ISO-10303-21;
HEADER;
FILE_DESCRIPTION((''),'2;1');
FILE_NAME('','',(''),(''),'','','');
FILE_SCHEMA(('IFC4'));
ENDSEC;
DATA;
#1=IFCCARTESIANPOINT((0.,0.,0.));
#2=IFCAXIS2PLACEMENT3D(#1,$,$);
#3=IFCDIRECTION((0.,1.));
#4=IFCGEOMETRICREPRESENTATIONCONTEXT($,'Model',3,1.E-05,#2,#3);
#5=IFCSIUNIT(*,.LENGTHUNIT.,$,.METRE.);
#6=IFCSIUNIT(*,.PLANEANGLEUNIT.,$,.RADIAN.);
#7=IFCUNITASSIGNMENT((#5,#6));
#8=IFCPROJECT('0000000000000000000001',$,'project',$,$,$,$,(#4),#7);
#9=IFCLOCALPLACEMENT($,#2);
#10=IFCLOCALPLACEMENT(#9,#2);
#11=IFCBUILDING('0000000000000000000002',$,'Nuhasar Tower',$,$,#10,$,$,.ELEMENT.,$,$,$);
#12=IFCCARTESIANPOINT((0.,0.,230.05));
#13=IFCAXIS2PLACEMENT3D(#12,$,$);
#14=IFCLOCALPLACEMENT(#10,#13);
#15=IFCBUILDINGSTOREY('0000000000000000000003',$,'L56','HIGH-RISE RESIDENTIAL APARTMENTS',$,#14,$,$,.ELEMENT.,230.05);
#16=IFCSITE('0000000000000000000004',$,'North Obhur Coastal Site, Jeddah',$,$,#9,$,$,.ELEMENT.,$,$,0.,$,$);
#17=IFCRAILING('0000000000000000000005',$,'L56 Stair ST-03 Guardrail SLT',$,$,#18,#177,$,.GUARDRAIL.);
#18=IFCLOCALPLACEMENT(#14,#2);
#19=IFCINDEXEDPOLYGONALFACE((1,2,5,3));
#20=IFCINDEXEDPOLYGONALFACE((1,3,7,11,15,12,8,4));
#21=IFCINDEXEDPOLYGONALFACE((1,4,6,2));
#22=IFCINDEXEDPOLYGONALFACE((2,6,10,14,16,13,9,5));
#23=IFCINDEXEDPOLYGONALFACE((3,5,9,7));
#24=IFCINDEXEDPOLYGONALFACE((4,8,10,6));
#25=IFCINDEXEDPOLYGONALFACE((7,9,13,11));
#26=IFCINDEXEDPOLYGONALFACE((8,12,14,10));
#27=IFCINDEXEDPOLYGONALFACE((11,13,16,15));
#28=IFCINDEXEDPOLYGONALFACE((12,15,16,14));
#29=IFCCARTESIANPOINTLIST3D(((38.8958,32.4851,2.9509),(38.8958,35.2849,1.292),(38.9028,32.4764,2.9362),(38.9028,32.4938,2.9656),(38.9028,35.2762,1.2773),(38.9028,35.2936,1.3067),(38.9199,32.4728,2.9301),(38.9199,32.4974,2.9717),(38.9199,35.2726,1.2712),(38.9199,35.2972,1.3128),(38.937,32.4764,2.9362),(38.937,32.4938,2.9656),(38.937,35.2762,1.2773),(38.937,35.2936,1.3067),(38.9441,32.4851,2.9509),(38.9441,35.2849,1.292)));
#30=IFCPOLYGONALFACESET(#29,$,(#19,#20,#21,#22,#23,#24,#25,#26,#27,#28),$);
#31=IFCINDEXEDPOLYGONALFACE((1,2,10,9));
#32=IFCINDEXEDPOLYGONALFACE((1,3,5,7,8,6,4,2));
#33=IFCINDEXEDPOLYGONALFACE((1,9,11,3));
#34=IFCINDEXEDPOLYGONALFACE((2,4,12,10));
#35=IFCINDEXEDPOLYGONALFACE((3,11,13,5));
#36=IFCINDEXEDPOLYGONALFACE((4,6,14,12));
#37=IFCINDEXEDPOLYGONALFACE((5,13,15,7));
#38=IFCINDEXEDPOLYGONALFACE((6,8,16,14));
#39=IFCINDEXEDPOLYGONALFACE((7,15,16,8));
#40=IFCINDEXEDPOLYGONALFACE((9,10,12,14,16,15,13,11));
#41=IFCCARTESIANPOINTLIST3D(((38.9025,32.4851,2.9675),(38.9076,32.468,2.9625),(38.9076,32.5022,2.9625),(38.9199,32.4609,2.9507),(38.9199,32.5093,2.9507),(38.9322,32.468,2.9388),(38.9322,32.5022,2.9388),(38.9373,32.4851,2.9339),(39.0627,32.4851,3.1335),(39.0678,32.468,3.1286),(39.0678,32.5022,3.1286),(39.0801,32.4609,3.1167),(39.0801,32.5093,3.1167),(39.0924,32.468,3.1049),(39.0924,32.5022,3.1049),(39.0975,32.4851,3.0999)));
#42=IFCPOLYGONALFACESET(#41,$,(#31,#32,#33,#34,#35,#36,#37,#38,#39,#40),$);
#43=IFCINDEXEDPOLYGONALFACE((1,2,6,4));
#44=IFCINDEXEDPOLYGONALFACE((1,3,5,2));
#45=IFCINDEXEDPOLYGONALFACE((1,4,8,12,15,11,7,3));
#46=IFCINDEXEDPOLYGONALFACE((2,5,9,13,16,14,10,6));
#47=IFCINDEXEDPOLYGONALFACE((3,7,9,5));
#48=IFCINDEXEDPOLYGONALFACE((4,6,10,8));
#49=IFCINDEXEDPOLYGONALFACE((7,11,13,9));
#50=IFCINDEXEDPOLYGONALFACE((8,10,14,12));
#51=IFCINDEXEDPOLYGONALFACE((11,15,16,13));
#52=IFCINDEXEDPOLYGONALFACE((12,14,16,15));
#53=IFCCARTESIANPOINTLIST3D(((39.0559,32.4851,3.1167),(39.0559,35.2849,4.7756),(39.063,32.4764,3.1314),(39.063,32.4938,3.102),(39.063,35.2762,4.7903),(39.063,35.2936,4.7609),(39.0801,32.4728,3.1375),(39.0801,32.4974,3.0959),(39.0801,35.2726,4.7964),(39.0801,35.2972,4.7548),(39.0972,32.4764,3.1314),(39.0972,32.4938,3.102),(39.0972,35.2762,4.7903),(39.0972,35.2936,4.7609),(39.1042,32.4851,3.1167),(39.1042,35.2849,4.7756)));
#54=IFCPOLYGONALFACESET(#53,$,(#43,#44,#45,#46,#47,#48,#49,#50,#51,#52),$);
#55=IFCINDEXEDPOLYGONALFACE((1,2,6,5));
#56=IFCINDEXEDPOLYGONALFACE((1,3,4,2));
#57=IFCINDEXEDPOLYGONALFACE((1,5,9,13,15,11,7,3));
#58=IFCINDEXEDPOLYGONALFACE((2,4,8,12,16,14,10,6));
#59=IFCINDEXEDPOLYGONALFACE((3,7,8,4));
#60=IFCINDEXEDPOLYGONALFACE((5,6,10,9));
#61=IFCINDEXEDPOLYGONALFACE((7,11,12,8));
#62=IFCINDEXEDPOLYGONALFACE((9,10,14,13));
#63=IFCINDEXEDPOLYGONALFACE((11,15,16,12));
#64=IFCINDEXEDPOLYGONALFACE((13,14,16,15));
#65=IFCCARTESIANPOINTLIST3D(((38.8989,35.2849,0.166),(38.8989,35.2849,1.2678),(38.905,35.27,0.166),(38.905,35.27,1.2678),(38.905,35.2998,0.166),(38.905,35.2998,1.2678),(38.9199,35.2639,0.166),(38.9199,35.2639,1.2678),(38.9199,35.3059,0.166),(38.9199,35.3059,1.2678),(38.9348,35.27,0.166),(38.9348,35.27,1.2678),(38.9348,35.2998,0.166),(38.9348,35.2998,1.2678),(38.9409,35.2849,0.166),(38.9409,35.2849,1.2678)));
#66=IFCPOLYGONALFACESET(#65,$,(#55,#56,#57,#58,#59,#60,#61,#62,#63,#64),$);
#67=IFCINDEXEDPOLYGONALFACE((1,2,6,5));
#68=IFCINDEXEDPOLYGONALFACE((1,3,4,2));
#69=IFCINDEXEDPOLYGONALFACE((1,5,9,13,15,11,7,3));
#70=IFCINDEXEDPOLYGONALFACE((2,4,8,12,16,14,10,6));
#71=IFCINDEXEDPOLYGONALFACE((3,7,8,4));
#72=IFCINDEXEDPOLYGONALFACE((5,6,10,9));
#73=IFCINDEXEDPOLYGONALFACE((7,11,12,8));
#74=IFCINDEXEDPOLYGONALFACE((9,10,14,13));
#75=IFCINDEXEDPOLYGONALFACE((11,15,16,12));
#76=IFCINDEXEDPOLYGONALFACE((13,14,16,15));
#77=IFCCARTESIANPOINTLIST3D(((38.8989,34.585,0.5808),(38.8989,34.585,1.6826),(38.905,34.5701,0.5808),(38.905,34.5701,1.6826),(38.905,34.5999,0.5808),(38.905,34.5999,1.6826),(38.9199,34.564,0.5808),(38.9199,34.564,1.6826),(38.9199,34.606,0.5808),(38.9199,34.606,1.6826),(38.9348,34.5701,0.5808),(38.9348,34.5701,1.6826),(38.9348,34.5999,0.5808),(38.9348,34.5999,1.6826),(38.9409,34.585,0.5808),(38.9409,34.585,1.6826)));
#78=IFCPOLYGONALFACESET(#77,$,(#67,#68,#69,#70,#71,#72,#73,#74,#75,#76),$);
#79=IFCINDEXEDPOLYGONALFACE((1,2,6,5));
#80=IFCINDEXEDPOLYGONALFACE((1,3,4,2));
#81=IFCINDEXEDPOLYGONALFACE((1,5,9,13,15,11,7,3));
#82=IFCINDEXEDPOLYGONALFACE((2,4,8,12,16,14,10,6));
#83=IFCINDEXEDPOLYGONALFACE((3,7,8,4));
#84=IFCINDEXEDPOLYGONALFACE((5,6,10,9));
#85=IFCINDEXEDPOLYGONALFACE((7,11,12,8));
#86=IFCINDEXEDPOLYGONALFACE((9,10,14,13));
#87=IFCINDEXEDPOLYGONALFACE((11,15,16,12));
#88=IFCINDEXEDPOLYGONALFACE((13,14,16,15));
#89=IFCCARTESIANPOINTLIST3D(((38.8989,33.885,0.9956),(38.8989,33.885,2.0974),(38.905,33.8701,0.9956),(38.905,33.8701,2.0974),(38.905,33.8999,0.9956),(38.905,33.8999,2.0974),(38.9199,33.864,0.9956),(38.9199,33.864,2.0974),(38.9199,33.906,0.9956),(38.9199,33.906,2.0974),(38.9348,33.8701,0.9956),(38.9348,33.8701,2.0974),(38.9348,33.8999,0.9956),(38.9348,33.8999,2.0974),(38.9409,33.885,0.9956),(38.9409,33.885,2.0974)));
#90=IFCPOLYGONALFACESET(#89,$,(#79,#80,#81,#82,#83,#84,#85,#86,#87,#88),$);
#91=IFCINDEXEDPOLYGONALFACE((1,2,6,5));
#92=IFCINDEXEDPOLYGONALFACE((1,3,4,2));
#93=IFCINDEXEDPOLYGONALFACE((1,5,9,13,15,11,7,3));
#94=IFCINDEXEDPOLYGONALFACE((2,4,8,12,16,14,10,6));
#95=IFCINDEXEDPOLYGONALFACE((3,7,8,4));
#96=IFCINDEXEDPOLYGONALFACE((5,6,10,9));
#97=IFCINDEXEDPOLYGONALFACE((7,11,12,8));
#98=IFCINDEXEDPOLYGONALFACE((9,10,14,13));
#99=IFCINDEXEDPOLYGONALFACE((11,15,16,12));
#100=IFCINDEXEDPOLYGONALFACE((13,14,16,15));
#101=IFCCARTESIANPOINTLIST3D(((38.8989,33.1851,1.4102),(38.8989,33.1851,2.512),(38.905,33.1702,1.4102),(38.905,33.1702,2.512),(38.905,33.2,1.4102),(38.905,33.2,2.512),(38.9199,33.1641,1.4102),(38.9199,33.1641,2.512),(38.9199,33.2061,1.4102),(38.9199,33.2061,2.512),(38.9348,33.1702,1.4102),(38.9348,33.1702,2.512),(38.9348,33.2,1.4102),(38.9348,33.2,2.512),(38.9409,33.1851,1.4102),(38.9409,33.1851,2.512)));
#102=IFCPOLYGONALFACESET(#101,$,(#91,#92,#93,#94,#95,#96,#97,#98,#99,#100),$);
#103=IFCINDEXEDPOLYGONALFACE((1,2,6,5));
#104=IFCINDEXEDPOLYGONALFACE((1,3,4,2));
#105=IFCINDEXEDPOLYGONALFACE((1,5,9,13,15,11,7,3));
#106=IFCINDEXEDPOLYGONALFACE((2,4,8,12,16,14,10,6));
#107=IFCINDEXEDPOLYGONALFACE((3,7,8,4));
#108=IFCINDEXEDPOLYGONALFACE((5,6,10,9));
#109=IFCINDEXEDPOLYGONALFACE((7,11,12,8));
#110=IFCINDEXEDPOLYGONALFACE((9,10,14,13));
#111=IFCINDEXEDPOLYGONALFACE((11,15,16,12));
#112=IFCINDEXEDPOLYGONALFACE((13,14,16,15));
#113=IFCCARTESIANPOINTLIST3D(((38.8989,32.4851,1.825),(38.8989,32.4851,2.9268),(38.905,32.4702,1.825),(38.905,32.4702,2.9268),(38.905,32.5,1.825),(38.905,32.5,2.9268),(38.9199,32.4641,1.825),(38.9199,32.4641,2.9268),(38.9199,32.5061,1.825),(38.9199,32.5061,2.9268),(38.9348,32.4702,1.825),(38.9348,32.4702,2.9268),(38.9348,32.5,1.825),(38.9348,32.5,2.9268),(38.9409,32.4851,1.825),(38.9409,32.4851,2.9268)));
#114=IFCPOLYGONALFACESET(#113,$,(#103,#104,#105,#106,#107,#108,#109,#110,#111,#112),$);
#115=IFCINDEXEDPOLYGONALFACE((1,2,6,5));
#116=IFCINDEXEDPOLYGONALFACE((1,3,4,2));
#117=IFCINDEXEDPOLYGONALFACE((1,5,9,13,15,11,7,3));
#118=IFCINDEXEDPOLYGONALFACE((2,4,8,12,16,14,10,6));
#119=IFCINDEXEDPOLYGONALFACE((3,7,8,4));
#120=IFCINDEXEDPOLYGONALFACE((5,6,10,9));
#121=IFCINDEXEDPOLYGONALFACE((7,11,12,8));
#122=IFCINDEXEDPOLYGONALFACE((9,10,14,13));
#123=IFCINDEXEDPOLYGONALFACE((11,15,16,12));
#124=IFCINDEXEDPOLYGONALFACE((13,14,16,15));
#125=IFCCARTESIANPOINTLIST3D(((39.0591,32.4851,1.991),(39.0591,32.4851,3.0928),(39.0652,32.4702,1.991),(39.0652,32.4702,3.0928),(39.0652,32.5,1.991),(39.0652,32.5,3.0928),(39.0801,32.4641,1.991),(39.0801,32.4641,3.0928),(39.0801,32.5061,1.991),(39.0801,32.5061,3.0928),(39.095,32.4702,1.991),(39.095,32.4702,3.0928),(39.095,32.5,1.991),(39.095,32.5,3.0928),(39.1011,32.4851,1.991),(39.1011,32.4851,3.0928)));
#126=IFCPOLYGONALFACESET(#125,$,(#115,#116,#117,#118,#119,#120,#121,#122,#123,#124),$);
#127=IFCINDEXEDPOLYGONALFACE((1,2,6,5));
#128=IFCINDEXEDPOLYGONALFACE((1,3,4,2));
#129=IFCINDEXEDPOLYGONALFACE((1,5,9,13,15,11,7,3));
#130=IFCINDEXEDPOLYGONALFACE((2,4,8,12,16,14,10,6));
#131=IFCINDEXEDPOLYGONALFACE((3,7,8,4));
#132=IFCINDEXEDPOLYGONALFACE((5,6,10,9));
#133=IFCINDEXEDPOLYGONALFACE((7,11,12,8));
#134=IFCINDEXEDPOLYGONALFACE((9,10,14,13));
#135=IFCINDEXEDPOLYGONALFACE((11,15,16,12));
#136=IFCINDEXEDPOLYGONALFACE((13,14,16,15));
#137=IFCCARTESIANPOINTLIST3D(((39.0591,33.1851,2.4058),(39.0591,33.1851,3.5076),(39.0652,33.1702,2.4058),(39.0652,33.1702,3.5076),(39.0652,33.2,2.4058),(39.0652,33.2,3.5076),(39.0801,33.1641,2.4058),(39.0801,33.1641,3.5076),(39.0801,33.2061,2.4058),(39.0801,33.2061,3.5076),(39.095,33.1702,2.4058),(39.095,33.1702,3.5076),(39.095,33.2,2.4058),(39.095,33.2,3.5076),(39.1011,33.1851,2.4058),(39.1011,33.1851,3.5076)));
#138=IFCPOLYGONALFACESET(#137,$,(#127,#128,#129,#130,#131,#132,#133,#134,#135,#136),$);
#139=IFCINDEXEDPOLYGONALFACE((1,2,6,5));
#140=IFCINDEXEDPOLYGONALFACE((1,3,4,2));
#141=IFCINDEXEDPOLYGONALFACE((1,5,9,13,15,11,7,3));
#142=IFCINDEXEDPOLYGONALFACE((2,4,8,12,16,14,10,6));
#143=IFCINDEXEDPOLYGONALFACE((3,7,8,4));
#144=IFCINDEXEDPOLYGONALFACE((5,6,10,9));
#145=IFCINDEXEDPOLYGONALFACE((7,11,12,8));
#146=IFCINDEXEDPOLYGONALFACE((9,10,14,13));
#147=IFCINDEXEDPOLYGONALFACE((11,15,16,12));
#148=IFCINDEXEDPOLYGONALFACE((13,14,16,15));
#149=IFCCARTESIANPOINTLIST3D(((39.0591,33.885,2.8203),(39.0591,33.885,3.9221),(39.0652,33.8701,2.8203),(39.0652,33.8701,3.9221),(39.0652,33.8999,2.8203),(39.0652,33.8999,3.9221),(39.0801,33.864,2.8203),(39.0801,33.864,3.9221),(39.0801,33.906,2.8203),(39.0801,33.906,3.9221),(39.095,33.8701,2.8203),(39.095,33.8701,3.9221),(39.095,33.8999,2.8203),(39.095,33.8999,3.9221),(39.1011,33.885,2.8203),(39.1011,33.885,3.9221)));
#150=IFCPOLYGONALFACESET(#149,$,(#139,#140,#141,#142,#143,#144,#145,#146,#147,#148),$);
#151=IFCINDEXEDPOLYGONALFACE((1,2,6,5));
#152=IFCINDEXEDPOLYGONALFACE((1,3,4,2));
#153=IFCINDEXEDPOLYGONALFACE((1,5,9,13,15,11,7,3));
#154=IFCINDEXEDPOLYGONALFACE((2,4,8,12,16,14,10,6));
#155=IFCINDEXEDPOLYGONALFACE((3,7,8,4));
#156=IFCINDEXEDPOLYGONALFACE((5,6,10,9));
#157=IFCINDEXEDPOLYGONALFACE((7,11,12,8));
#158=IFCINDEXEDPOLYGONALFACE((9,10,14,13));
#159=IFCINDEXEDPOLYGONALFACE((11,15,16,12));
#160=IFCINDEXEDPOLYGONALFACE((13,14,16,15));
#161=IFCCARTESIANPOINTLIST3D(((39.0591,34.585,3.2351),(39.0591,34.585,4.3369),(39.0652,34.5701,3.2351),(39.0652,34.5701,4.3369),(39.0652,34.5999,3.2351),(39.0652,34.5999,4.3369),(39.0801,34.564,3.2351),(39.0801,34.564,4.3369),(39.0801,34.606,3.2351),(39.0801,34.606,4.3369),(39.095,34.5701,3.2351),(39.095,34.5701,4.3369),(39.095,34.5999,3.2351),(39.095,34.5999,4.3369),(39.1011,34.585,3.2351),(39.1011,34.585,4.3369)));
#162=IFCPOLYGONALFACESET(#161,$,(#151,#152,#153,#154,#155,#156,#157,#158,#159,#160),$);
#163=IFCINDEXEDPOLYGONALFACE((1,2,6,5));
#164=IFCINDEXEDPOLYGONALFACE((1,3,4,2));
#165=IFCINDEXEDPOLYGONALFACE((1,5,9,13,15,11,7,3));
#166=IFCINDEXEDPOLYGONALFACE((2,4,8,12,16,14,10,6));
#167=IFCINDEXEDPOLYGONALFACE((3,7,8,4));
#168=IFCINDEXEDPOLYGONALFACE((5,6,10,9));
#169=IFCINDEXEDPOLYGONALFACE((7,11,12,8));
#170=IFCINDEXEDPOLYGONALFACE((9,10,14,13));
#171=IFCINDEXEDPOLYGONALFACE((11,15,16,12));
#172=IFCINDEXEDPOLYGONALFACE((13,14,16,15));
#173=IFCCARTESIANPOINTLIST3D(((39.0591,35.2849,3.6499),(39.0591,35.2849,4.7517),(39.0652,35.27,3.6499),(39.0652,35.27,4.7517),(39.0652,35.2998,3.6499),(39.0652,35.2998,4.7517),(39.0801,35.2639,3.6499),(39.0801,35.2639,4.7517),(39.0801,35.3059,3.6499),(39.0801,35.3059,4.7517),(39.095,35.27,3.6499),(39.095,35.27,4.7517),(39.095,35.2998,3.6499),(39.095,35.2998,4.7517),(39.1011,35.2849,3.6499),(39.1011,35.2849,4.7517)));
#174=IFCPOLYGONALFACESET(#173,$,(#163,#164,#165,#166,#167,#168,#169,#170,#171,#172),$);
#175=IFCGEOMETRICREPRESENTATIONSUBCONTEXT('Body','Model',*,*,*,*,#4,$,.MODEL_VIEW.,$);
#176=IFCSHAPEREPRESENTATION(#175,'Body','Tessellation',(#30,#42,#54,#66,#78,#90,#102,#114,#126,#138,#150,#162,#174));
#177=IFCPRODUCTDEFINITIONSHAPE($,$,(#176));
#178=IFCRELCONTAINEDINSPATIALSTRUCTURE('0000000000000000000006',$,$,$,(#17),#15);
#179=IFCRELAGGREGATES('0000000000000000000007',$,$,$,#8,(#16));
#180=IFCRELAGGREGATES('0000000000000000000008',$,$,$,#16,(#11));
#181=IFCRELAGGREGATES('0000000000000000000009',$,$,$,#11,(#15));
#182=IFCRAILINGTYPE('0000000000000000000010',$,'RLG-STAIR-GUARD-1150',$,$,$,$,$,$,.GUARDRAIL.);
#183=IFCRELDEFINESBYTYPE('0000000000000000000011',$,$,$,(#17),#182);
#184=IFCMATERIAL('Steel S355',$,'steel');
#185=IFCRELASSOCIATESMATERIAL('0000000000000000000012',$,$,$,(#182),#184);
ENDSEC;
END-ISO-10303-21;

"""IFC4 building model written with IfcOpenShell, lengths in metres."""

from ifc_helpers import new_model, si_unit, direction, frame, origin, place, context, subcontext, project, spatial, polyline, outline, extrude, material, type_object, element, save


model = new_model("IFC4")

# Units and contexts
model_context = context("Model", 3, precision=1e-05, world=origin(), true_north=direction((0.0, 1.0)))
body_context = subcontext(model_context, "Body", "Model", "MODEL_VIEW")
ifc_project = project(units=[si_unit("LENGTHUNIT", "METRE"), si_unit("PLANEANGLEUNIT", "RADIAN")], contexts=[model_context])

# Site, building, storey
site_placement = place(None, origin())
site = spatial("IfcSite", under=ifc_project, at=site_placement, Name="North Obhur Coastal Site, Jeddah", CompositionType="ELEMENT", RefElevation=0.0)
building_placement = place(site_placement, origin())
building = spatial("IfcBuilding", under=site, at=building_placement, Name="Nuhasar Tower", CompositionType="ELEMENT")
storey_placement = place(building_placement, frame((0.0, 0.0, 230.05)))
storey = spatial("IfcBuildingStorey", under=building, at=storey_placement, Name="L56", Description="HIGH-RISE RESIDENTIAL APARTMENTS", CompositionType="ELEMENT", Elevation=230.05)

# Shared definitions
ifc_material_1 = material(Name="Steel S355", Category="steel")

# Railing
railing_type_1 = type_object("IfcRailingType", Name="RLG-STAIR-GUARD-1150", PredefinedType="GUARDRAIL", material=ifc_material_1)
railing_1_placement = place(storey_placement, frame((38.9199, 35.2849, 0.166)))
element("IfcRailing", 1, at=railing_1_placement, inside=storey, type_object=railing_type_1, Name="L56 Stair ST-03 Guardrail SLT", PredefinedType="GUARDRAIL", context=body_context, shape_type="SweptSolid", body=[
    extrude(outline(polyline([(0.0242, 0.0), (0.0171, 0.0171), (0.0, 0.0242), (-0.0171, 0.0171), (-0.0242, 0.0), (-0.0171, -0.0171), (0.0, -0.0242), (0.0171, -0.0171), (0.0242, 0.0)])), frame((0.0, 0.0, 1.126), z_axis=(0.0, -0.86032, 0.509755), x_axis=(1.0, 0.0, 0.0)), (0.0, 0.0, 1.0), 3.2544),
    extrude(outline(polyline([(0.0242, 0.0), (0.0171, 0.0171), (0.0, 0.0242), (-0.0171, 0.0171), (-0.0242, 0.0), (-0.0171, -0.0171), (0.0, -0.0242), (0.0171, -0.0171), (0.0242, 0.0)])), frame((0.0, -2.7998, 2.7847), z_axis=(0.694292, 0.0, 0.719693), x_axis=(0.0, 1.0, 0.0)), (0.0, 0.0, 1.0), 0.2307),
    extrude(outline(polyline([(0.0242, 0.0), (0.0171, 0.0171), (0.0, 0.0242), (-0.0171, 0.0171), (-0.0242, 0.0), (-0.0171, -0.0171), (0.0, -0.0242), (0.0171, -0.0171), (0.0242, 0.0)])), frame((0.1602, -2.7998, 2.9507), z_axis=(0.0, 0.86032, 0.509755), x_axis=(-1.0, 0.0, 0.0)), (0.0, 0.0, 1.0), 3.2544),
    extrude(outline(polyline([(0.021, 0.0), (0.0149, 0.0149), (0.0, 0.021), (-0.0149, 0.0149), (-0.021, 0.0), (-0.0149, -0.0149), (0.0, -0.021), (0.0149, -0.0149), (0.021, 0.0)])), origin(), (0.0, 0.0, 1.0), 1.1018),
    extrude(outline(polyline([(0.021, 0.0), (0.0149, 0.0149), (0.0, 0.021), (-0.0149, 0.0149), (-0.021, 0.0), (-0.0149, -0.0149), (0.0, -0.021), (0.0149, -0.0149), (0.021, 0.0)])), frame((0.0, -0.7, 0.4148)), (0.0, 0.0, 1.0), 1.1018),
    extrude(outline(polyline([(0.021, 0.0), (0.0149, 0.0149), (0.0, 0.021), (-0.0149, 0.0149), (-0.021, 0.0), (-0.0149, -0.0149), (0.0, -0.021), (0.0149, -0.0149), (0.021, 0.0)])), frame((0.0, -1.3999, 0.8296)), (0.0, 0.0, 1.0), 1.1018),
    extrude(outline(polyline([(0.021, 0.0), (0.0149, 0.0149), (0.0, 0.021), (-0.0149, 0.0149), (-0.021, 0.0), (-0.0149, -0.0149), (0.0, -0.021), (0.0149, -0.0149), (0.021, 0.0)])), frame((0.0, -2.0999, 1.2441)), (0.0, 0.0, 1.0), 1.1018),
    extrude(outline(polyline([(0.021, 0.0), (0.0149, 0.0149), (0.0, 0.021), (-0.0149, 0.0149), (-0.021, 0.0), (-0.0149, -0.0149), (0.0, -0.021), (0.0149, -0.0149), (0.021, 0.0)])), frame((0.0, -2.7998, 1.6589)), (0.0, 0.0, 1.0), 1.1018),
    extrude(outline(polyline([(0.021, 0.0), (0.0149, 0.0149), (0.0, 0.021), (-0.0149, 0.0149), (-0.021, 0.0), (-0.0149, -0.0149), (0.0, -0.021), (0.0149, -0.0149), (0.021, 0.0)])), frame((0.1602, -2.7998, 1.825)), (0.0, 0.0, 1.0), 1.1018),
    extrude(outline(polyline([(0.021, 0.0), (0.0149, 0.0149), (0.0, 0.021), (-0.0149, 0.0149), (-0.021, 0.0), (-0.0149, -0.0149), (0.0, -0.021), (0.0149, -0.0149), (0.021, 0.0)])), frame((0.1602, -2.0999, 2.2397)), (0.0, 0.0, 1.0), 1.1018),
    extrude(outline(polyline([(0.021, 0.0), (0.0149, 0.0149), (0.0, 0.021), (-0.0149, 0.0149), (-0.021, 0.0), (-0.0149, -0.0149), (0.0, -0.021), (0.0149, -0.0149), (0.021, 0.0)])), frame((0.1602, -1.3999, 2.6543)), (0.0, 0.0, 1.0), 1.1018),
    extrude(outline(polyline([(0.021, 0.0), (0.0149, 0.0149), (0.0, 0.021), (-0.0149, 0.0149), (-0.021, 0.0), (-0.0149, -0.0149), (0.0, -0.021), (0.0149, -0.0149), (0.021, 0.0)])), frame((0.1602, -0.7, 3.0691)), (0.0, 0.0, 1.0), 1.1018),
    extrude(outline(polyline([(0.021, 0.0), (0.0149, 0.0149), (0.0, 0.021), (-0.0149, 0.0149), (-0.021, 0.0), (-0.0149, -0.0149), (0.0, -0.021), (0.0149, -0.0149), (0.021, 0.0)])), frame((0.1602, 0.0, 3.4839)), (0.0, 0.0, 1.0), 1.1018),
])

save(model, "model.ifc")
